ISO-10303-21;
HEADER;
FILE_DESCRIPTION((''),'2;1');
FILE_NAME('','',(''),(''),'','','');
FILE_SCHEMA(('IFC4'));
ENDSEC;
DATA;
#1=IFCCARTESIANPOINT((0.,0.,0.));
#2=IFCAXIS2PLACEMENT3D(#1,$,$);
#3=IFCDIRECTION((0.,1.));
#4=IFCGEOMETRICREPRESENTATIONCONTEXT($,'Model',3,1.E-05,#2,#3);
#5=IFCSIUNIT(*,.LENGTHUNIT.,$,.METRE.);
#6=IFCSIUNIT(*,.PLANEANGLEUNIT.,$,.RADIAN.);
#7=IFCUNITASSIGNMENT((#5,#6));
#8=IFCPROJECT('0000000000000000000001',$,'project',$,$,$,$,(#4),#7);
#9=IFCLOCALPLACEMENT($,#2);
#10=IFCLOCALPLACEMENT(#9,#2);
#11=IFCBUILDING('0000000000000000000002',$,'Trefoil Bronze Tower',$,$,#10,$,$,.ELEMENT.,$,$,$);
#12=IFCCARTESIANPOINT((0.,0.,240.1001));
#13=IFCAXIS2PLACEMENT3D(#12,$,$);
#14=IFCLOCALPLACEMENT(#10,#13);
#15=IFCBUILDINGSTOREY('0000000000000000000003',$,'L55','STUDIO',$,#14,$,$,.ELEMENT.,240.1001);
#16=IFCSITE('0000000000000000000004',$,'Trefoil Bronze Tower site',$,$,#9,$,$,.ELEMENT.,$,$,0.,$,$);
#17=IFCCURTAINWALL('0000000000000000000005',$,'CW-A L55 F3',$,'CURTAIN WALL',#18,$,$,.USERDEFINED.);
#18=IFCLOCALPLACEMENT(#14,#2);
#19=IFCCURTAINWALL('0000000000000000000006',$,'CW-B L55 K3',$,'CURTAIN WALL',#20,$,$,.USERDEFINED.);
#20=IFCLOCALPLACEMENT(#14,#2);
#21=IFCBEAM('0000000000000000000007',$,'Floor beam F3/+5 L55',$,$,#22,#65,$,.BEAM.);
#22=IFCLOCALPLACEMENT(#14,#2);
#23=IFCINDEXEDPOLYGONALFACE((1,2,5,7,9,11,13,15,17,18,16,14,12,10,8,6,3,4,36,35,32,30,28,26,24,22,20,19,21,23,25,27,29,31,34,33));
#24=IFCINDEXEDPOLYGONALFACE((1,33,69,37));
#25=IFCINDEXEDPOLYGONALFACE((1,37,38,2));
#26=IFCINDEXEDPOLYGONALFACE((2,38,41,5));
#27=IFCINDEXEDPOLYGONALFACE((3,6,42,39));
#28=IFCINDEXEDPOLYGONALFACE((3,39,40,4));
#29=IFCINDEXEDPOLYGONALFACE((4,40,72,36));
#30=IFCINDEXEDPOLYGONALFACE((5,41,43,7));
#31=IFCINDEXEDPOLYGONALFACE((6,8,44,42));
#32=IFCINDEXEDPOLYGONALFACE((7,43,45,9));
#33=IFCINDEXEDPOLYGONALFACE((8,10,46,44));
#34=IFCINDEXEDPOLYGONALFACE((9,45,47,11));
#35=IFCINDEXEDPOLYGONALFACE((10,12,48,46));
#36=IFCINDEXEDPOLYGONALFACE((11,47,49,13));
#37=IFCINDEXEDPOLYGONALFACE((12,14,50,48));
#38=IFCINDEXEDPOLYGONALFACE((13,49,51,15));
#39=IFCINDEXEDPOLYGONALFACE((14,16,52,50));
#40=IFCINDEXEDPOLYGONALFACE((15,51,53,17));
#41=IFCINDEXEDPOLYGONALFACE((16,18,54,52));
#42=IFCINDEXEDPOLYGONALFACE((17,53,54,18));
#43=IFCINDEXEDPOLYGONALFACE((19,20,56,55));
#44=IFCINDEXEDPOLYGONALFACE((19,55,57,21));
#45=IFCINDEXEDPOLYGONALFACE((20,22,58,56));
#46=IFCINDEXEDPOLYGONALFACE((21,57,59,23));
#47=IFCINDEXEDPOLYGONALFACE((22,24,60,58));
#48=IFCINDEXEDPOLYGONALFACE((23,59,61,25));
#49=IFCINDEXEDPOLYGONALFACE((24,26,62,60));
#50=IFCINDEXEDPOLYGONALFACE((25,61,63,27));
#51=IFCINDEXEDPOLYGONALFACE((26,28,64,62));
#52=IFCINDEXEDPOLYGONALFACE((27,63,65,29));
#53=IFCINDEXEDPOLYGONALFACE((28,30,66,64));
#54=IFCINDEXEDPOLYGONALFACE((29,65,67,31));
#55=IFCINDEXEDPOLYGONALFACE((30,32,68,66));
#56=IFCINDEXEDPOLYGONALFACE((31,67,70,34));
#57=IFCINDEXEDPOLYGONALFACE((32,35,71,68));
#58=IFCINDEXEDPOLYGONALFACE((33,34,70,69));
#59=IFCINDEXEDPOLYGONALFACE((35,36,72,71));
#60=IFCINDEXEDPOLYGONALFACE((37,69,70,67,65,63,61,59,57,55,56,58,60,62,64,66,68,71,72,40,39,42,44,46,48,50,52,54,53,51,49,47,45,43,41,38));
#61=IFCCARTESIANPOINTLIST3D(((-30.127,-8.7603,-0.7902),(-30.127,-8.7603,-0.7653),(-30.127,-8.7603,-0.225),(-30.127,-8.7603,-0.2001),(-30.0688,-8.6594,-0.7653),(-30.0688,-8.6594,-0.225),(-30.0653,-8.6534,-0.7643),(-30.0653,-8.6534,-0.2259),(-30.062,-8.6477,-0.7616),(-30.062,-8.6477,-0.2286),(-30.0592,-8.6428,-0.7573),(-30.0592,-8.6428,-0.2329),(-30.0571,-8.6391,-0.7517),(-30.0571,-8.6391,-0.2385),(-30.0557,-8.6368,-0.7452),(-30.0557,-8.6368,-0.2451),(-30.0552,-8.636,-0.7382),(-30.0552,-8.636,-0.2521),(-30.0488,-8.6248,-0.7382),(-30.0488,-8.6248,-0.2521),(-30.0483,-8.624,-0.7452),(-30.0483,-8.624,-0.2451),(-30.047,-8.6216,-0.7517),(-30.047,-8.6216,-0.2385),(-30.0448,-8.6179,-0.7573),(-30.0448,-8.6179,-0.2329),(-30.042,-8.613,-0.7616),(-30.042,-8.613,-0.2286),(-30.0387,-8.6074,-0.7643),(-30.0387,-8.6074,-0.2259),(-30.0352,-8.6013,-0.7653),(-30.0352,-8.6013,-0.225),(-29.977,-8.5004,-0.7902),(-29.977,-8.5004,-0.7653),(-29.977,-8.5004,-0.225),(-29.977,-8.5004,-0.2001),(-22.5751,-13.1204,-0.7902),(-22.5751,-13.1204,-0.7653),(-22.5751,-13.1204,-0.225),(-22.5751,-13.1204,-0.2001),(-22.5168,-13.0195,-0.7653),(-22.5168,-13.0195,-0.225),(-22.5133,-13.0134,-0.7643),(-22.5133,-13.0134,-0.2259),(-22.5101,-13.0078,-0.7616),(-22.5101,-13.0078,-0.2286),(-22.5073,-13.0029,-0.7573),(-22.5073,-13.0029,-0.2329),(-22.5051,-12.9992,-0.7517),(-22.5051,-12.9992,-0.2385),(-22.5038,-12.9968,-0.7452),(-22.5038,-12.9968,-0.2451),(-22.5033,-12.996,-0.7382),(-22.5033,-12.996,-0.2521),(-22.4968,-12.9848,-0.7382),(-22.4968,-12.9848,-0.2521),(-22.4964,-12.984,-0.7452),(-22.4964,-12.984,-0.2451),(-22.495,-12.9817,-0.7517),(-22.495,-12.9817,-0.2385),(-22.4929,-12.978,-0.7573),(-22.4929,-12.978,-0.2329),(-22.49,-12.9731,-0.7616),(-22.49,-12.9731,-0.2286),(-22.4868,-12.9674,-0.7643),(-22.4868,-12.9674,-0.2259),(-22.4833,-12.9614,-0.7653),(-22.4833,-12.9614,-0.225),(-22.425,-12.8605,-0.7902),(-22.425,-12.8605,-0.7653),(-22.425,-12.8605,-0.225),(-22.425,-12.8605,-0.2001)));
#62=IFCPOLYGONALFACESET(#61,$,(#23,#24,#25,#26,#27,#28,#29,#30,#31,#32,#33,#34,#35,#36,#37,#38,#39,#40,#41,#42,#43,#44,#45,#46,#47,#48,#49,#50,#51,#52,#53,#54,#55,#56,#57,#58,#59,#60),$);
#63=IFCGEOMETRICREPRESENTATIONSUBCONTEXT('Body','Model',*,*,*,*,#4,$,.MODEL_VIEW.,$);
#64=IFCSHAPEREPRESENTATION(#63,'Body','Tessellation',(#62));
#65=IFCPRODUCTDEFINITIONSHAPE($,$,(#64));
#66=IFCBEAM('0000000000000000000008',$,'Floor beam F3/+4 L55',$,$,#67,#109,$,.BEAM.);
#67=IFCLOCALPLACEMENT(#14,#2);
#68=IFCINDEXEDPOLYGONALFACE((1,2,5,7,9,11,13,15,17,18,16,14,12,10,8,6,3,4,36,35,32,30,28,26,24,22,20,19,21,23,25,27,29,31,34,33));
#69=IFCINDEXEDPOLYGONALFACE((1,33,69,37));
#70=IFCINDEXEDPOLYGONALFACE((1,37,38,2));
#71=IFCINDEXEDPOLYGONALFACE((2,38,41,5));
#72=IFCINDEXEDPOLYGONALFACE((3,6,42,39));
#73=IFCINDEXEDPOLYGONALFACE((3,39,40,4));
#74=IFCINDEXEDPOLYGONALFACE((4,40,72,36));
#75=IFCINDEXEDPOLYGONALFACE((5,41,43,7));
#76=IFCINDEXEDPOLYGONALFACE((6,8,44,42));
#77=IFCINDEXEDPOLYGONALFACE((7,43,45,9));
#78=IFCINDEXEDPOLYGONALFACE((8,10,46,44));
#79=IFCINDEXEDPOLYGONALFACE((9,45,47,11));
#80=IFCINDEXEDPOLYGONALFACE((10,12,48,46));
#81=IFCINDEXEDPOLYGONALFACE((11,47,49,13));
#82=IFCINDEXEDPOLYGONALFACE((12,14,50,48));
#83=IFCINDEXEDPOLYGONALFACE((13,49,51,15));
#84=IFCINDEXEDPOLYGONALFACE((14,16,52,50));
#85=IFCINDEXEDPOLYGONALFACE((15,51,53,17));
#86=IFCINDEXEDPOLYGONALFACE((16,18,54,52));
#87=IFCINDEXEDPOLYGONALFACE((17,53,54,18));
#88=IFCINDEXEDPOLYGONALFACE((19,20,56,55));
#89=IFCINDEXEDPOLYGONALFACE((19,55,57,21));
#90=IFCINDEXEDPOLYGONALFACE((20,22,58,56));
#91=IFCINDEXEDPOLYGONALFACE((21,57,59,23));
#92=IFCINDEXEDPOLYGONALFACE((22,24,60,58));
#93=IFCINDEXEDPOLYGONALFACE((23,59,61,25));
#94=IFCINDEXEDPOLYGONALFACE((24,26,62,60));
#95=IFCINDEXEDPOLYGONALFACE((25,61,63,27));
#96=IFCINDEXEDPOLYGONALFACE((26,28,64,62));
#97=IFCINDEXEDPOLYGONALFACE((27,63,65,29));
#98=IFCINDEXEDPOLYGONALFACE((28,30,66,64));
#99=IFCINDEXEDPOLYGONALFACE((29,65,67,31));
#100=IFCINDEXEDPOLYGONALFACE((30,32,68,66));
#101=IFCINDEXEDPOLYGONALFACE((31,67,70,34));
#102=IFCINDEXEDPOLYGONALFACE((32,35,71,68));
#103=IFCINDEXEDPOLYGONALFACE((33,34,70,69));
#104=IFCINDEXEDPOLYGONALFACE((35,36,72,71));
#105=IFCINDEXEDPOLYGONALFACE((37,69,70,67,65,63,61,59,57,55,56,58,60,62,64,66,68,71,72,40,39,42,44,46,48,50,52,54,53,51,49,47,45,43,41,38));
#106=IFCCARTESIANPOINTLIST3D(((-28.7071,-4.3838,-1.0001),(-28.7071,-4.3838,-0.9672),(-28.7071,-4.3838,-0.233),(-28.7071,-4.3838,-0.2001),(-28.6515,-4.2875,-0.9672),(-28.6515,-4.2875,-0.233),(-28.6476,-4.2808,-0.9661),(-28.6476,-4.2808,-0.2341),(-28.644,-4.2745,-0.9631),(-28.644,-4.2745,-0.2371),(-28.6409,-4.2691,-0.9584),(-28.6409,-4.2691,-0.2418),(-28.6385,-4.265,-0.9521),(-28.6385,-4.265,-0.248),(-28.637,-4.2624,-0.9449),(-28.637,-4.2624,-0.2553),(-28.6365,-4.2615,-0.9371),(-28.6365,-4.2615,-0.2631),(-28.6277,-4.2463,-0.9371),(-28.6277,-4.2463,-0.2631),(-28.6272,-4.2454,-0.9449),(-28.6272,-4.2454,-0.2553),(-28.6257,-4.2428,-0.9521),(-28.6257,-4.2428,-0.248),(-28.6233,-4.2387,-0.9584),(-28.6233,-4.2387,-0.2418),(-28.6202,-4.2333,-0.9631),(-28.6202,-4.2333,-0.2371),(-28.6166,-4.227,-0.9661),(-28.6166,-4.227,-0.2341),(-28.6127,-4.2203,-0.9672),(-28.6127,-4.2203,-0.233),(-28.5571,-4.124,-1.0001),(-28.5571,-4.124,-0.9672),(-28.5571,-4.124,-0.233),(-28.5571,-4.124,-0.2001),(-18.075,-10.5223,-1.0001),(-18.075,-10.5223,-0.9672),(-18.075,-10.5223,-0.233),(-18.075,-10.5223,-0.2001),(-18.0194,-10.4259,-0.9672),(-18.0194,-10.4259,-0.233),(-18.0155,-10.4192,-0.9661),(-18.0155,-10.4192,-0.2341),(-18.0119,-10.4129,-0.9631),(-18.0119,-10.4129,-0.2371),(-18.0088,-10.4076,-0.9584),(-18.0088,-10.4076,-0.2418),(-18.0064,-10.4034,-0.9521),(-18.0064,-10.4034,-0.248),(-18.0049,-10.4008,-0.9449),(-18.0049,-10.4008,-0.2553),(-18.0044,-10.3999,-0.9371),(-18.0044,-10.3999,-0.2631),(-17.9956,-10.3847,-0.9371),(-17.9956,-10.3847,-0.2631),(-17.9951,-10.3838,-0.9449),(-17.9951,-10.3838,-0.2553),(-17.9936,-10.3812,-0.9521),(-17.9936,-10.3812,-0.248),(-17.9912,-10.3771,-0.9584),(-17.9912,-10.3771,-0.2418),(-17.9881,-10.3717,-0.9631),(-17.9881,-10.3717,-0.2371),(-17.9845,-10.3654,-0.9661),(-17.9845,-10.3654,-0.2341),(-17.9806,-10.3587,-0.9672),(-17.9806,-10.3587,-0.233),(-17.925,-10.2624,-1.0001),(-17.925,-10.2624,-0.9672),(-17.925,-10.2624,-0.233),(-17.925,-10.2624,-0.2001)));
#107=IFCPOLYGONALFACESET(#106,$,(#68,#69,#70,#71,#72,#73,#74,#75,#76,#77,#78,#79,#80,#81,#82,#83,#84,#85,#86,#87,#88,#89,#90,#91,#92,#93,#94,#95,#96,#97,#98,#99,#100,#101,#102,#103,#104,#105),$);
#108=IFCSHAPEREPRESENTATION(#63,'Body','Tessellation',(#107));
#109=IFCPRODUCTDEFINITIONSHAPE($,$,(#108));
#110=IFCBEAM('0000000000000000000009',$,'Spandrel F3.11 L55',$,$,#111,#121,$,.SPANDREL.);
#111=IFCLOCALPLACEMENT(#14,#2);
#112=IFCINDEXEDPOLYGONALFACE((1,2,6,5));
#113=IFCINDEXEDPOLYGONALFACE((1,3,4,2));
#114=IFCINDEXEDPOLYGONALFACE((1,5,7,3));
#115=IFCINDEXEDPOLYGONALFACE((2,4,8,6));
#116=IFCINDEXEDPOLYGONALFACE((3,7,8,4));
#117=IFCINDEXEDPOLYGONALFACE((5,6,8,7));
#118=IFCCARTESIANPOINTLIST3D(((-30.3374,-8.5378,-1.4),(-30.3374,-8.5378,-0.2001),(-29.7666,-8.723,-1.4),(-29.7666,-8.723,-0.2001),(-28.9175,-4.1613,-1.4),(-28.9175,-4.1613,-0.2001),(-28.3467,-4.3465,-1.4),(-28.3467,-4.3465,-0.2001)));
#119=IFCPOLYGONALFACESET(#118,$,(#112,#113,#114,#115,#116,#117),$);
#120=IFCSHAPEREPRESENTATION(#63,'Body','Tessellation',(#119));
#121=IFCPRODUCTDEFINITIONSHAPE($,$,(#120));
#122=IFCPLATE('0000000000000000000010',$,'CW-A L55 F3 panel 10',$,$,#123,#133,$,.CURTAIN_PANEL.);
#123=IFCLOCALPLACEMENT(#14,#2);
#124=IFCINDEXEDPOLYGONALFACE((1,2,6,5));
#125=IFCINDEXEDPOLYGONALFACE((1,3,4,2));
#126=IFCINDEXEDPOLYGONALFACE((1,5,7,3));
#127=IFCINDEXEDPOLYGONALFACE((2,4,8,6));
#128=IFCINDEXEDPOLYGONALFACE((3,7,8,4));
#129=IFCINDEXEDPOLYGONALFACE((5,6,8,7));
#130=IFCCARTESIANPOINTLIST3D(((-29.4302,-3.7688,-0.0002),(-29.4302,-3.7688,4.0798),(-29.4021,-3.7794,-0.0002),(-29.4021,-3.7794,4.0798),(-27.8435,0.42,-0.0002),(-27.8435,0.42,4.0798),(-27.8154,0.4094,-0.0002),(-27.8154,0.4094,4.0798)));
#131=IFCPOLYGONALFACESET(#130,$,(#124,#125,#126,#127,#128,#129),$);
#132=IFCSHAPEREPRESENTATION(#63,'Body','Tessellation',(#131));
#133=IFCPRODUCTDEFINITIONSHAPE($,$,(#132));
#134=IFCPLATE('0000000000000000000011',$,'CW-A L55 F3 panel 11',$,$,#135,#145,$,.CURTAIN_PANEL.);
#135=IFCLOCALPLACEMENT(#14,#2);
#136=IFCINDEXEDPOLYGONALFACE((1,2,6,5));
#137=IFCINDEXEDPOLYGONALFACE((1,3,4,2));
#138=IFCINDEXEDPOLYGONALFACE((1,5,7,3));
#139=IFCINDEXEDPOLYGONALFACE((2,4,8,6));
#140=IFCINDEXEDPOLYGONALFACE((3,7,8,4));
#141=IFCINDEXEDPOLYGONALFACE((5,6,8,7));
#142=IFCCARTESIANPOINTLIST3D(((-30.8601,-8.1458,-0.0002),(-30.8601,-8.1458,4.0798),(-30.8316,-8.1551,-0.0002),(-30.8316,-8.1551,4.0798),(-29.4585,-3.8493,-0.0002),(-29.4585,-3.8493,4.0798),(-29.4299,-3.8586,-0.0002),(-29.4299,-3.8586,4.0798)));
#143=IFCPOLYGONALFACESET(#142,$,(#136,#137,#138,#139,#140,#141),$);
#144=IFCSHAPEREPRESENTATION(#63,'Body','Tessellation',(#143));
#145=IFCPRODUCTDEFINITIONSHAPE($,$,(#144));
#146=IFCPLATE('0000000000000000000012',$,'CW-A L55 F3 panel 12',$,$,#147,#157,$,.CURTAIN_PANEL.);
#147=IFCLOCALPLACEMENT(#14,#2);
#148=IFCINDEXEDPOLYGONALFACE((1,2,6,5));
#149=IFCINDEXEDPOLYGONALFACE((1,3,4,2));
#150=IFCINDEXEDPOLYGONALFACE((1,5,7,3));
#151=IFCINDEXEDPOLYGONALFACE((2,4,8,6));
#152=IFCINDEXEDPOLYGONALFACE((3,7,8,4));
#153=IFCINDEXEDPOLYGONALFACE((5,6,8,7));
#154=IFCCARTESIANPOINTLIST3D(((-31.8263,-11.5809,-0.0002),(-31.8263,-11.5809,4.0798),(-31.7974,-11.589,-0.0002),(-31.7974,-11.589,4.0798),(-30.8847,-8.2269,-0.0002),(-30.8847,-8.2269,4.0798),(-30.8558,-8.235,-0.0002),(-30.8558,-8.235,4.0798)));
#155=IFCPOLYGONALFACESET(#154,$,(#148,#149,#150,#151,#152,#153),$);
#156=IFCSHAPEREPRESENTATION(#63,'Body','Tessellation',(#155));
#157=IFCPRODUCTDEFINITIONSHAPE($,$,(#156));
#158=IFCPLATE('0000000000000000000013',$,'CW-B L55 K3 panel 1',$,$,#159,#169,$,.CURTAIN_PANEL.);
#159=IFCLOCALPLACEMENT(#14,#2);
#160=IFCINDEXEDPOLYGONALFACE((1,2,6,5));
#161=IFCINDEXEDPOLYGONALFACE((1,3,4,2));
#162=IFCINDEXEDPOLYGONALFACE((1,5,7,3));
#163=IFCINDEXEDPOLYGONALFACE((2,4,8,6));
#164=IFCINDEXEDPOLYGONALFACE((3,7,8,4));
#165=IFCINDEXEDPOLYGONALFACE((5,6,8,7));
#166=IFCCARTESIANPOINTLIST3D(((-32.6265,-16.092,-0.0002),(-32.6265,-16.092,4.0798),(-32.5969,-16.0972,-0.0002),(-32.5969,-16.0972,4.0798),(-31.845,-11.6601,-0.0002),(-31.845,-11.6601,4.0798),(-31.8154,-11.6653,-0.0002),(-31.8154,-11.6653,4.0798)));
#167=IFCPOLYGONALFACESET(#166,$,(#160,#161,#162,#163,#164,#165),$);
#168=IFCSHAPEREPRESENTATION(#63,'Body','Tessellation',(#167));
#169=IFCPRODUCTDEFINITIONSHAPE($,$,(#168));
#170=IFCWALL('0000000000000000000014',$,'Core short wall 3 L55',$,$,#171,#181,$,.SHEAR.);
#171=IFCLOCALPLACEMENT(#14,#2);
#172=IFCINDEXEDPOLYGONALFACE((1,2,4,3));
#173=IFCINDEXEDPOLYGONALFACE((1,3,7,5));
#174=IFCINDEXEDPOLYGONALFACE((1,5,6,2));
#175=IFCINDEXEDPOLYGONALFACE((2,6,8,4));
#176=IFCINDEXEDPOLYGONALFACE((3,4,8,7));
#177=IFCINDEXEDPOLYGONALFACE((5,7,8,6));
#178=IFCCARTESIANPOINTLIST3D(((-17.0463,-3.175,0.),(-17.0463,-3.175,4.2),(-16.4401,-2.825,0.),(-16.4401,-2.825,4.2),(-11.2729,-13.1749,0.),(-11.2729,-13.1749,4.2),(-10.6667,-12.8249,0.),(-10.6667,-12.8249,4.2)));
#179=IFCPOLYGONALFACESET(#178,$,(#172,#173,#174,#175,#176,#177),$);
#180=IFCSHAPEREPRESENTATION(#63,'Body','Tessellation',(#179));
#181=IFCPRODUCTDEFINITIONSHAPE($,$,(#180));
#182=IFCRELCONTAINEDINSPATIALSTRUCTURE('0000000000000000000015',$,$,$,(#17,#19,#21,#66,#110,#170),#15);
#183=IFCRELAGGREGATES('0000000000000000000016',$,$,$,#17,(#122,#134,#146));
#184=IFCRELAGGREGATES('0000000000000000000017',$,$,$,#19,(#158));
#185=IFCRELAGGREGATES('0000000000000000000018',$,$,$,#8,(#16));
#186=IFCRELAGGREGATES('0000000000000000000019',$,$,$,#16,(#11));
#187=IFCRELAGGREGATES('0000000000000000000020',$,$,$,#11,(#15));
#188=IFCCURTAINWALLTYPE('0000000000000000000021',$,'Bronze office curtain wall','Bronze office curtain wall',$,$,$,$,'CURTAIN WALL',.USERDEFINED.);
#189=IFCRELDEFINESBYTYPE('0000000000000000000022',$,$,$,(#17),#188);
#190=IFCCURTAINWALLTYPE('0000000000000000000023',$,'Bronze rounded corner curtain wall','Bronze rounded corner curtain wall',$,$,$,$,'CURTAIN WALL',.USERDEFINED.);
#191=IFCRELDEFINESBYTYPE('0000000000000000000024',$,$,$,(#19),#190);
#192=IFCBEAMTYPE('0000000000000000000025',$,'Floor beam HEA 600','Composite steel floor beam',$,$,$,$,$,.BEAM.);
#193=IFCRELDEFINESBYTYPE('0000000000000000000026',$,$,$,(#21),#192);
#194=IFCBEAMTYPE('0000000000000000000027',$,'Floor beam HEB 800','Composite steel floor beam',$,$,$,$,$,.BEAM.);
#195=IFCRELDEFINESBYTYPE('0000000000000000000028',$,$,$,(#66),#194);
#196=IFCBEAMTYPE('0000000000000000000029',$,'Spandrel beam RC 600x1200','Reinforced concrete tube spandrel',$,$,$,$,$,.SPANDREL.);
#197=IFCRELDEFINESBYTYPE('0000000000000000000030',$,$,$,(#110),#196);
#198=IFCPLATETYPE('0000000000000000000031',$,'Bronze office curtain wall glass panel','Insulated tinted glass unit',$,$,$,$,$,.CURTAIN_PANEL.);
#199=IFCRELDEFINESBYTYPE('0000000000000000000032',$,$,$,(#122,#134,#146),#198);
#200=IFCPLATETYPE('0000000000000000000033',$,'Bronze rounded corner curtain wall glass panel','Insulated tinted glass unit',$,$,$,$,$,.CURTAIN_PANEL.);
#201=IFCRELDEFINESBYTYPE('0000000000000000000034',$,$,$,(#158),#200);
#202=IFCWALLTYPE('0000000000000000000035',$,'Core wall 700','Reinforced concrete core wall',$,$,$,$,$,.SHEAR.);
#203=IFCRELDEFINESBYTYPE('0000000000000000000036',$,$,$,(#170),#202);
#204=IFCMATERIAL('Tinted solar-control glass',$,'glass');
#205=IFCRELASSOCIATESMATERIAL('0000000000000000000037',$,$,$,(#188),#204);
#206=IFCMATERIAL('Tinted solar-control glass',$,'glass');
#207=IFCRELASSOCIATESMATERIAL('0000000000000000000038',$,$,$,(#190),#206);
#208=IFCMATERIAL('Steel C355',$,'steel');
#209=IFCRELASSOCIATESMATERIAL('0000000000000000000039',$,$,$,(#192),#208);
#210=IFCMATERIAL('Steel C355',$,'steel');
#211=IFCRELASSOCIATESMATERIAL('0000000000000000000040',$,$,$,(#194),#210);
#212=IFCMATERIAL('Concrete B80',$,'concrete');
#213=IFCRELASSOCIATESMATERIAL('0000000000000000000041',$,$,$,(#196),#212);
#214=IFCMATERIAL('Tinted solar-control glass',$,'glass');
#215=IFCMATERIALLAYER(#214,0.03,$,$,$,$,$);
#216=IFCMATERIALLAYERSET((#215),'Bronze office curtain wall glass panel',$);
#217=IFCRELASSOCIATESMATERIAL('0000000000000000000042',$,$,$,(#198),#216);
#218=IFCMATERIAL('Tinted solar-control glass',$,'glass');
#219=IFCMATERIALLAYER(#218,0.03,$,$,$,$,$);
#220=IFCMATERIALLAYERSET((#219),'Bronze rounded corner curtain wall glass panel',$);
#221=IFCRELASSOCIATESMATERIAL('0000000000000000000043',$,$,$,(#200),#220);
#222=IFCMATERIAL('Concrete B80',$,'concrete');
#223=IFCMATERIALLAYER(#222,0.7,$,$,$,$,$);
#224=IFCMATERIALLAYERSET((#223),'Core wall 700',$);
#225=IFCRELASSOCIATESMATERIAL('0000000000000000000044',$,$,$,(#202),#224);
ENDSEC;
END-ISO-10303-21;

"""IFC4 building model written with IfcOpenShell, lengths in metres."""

from ifc_helpers import new_model, si_unit, direction, frame, frame_2d, origin, origin_2d, place, context, subcontext, project, spatial, rectangle, i_section, extrude, material, layer, layer_set, material_profile, profile_set, type_object, element, aggregate, save


model = new_model("IFC4")

# Units and contexts
model_context = context("Model", 3, precision=1e-05, world=origin(), true_north=direction((0.0, 1.0)))
body_context = subcontext(model_context, "Body", "Model", "MODEL_VIEW")
ifc_project = project(units=[si_unit("LENGTHUNIT", "METRE"), si_unit("PLANEANGLEUNIT", "RADIAN")], contexts=[model_context])

# Site, building, storey
site_placement = place(None, origin())
site = spatial("IfcSite", under=ifc_project, at=site_placement, Name="Trefoil Bronze Tower site", CompositionType="ELEMENT", RefElevation=0.0)
building_placement = place(site_placement, origin())
building = spatial("IfcBuilding", under=site, at=building_placement, Name="Trefoil Bronze Tower", CompositionType="ELEMENT")
storey_placement = place(building_placement, frame((0.0, 0.0, 240.1001)))
storey = spatial("IfcBuildingStorey", under=building, at=storey_placement, Name="L55", Description="STUDIO", CompositionType="ELEMENT", Elevation=240.1001)

# Curtain walls
ifc_material_1 = material(Name="Tinted solar-control glass", Category="glass")
curtain_wall_type_1 = type_object("IfcCurtainWallType", Name="Bronze office curtain wall", Description="Bronze office curtain wall", ElementType="CURTAIN WALL", PredefinedType="USERDEFINED", material=ifc_material_1)
curtain_wall_1_placement = place(storey_placement, origin())
curtain_wall_1 = element("IfcCurtainWall", 1, at=curtain_wall_1_placement, inside=storey, type_object=curtain_wall_type_1, Name="CW-A L55 F3", ObjectType="CURTAIN WALL", PredefinedType="USERDEFINED")
ifc_material_2 = material(Name="Tinted solar-control glass", Category="glass")
curtain_wall_type_2 = type_object("IfcCurtainWallType", Name="Bronze rounded corner curtain wall", Description="Bronze rounded corner curtain wall", ElementType="CURTAIN WALL", PredefinedType="USERDEFINED", material=ifc_material_2)
curtain_wall_2_placement = place(storey_placement, origin())
curtain_wall_2 = element("IfcCurtainWall", 2, at=curtain_wall_2_placement, inside=storey, type_object=curtain_wall_type_2, Name="CW-B L55 K3", ObjectType="CURTAIN WALL", PredefinedType="USERDEFINED")

# Beams
ifc_material_3 = material(Name="Steel C355", Category="steel")
ifc_material_profile_1 = material_profile(ifc_material_3, i_section(OverallWidth=0.3, OverallDepth=0.5901, WebThickness=0.0129, FlangeThickness=0.0249, FilletRadius=0.0271, at=origin_2d()), Name="HEA 600")
ifc_profile_set_1 = profile_set([ifc_material_profile_1], Name="Steel C355")
beam_type_1 = type_object("IfcBeamType", Name="Floor beam HEA 600", Description="Composite steel floor beam", PredefinedType="BEAM", material=ifc_profile_set_1)
beam_1_placement = place(storey_placement, frame((-30.052, -8.6304, -0.4951), z_axis=(0.866028, -0.499996, 0.0), x_axis=(0.499996, 0.866028, 0.0)))
element("IfcBeam", 3, at=beam_1_placement, inside=storey, type_object=beam_type_1, Name="Floor beam F3/+5 L55", PredefinedType="BEAM", context=body_context, shape_type="SweptSolid", body=[
    extrude(i_section(OverallWidth=0.3, OverallDepth=0.5901, WebThickness=0.0129, FlangeThickness=0.0249, FilletRadius=0.0271, at=origin_2d()), origin(), (0.0, 0.0, 1.0), 8.7202),
])
ifc_material_4 = material(Name="Steel C355", Category="steel")
ifc_material_profile_2 = material_profile(ifc_material_4, i_section(OverallWidth=0.3, OverallDepth=0.8, WebThickness=0.0176, FlangeThickness=0.033, FilletRadius=0.03, at=origin_2d()), Name="HEB 800")
ifc_profile_set_2 = profile_set([ifc_material_profile_2], Name="Steel C355")
beam_type_2 = type_object("IfcBeamType", Name="Floor beam HEB 800", Description="Composite steel floor beam", PredefinedType="BEAM", material=ifc_profile_set_2)
beam_2_placement = place(storey_placement, frame((-28.6321, -4.2539, -0.6001), z_axis=(0.866026, -0.5, 0.0), x_axis=(0.5, 0.866026, 0.0)))
element("IfcBeam", 4, at=beam_2_placement, inside=storey, type_object=beam_type_2, Name="Floor beam F3/+4 L55", PredefinedType="BEAM", context=body_context, shape_type="SweptSolid", body=[
    extrude(i_section(OverallWidth=0.3, OverallDepth=0.8, WebThickness=0.0176, FlangeThickness=0.033, FilletRadius=0.03, at=origin_2d()), origin(), (0.0, 0.0, 1.0), 12.2769),
])
ifc_material_5 = material(Name="Concrete B80", Category="concrete")
ifc_material_profile_3 = material_profile(ifc_material_5, rectangle(XDim=0.6001, YDim=1.2, at=origin_2d()), Name="RC 600x1200")
ifc_profile_set_3 = profile_set([ifc_material_profile_3], Name="Concrete B80")
beam_type_3 = type_object("IfcBeamType", Name="Spandrel beam RC 600x1200", Description="Reinforced concrete tube spandrel", PredefinedType="SPANDREL", material=ifc_profile_set_3)
beam_3_placement = place(storey_placement, frame((-28.6321, -4.2539, -0.8), z_axis=(-0.308609, -0.951189, 0.0), x_axis=(0.951189, -0.308609, 0.0)))
element("IfcBeam", 5, at=beam_3_placement, inside=storey, type_object=beam_type_3, Name="Spandrel F3.11 L55", PredefinedType="SPANDREL", context=body_context, shape_type="SweptSolid", body=[
    extrude(rectangle(XDim=0.6001, YDim=1.2, at=origin_2d()), origin(), (0.0, 0.0, 1.0), 4.6011),
])

# Plates
ifc_material_6 = material(Name="Tinted solar-control glass", Category="glass")
ifc_layer_1 = layer(ifc_material_6, 0.03)
ifc_layer_set_1 = layer_set([ifc_layer_1], Name="Bronze office curtain wall glass panel")
plate_type_1 = type_object("IfcPlateType", Name="Bronze office curtain wall glass panel", Description="Insulated tinted glass unit", PredefinedType="CURTAIN_PANEL", material=ifc_layer_set_1)
plate_1_placement = place(storey_placement, frame((-28.6228, -1.6797, -0.0002), z_axis=(0.0, 0.0, 1.0), x_axis=(-0.354234, -0.935157, 0.0)))
plate_1 = element("IfcPlate", 6, at=plate_1_placement, type_object=plate_type_1, Name="CW-A L55 F3 panel 10", PredefinedType="CURTAIN_PANEL", context=body_context, shape_type="SweptSolid", body=[
    extrude(rectangle(XDim=4.4792, YDim=0.03, at=origin_2d()), origin(), (0.0, 0.0, 1.0), 4.0801),
])
plate_2_placement = place(storey_placement, frame((-30.145, -6.0022, -0.0002), z_axis=(0.0, 0.0, 1.0), x_axis=(-0.310149, -0.950688, 0.0)))
plate_2 = element("IfcPlate", 7, at=plate_2_placement, type_object=plate_type_1, Name="CW-A L55 F3 panel 11", PredefinedType="CURTAIN_PANEL", context=body_context, shape_type="SweptSolid", body=[
    extrude(rectangle(XDim=4.5193, YDim=0.03, at=origin_2d()), origin(), (0.0, 0.0, 1.0), 4.0801),
])
plate_3_placement = place(storey_placement, frame((-31.3411, -9.908, -0.0002), z_axis=(0.0, 0.0, 1.0), x_axis=(-0.270282, -0.962781, 0.0)))
plate_3 = element("IfcPlate", 8, at=plate_3_placement, type_object=plate_type_1, Name="CW-A L55 F3 panel 12", PredefinedType="CURTAIN_PANEL", context=body_context, shape_type="SweptSolid", body=[
    extrude(rectangle(XDim=3.4836, YDim=0.03, at=origin_2d()), origin(), (0.0, 0.0, 1.0), 4.0801),
])
aggregate(curtain_wall_1, [plate_1, plate_2, plate_3])
ifc_material_7 = material(Name="Tinted solar-control glass", Category="glass")
ifc_layer_2 = layer(ifc_material_7, 0.03)
ifc_layer_set_2 = layer_set([ifc_layer_2], Name="Bronze rounded corner curtain wall glass panel")
plate_type_2 = type_object("IfcPlateType", Name="Bronze rounded corner curtain wall glass panel", Description="Insulated tinted glass unit", PredefinedType="CURTAIN_PANEL", material=ifc_layer_set_2)
plate_4_placement = place(storey_placement, frame((-32.2209, -13.8787, -0.0002), z_axis=(0.0, 0.0, 1.0), x_axis=(-0.173648, -0.984808, 0.0)))
plate_4 = element("IfcPlate", 9, at=plate_4_placement, type_object=plate_type_2, Name="CW-B L55 K3 panel 1", PredefinedType="CURTAIN_PANEL", context=body_context, shape_type="SweptSolid", body=[
    extrude(rectangle(XDim=4.5002, YDim=0.03, at=origin_2d()), origin(), (0.0, 0.0, 1.0), 4.0801),
])
aggregate(curtain_wall_2, [plate_4])

# Wall
ifc_material_8 = material(Name="Concrete B80", Category="concrete")
ifc_layer_3 = layer(ifc_material_8, 0.7)
ifc_layer_set_3 = layer_set([ifc_layer_3], Name="Core wall 700")
wall_type_1 = type_object("IfcWallType", Name="Core wall 700", Description="Reinforced concrete core wall", PredefinedType="SHEAR", material=ifc_layer_set_3)
wall_1_placement = place(storey_placement, frame((-16.7432, -3.0, 0.0), z_axis=(0.0, 0.0, 1.0), x_axis=(0.499996, -0.866028, 0.0)))
element("IfcWall", 10, at=wall_1_placement, inside=storey, type_object=wall_type_1, Name="Core short wall 3 L55", PredefinedType="SHEAR", context=body_context, shape_type="SweptSolid", body=[
    extrude(rectangle(XDim=11.5469, YDim=0.7, at=frame_2d((5.7734, 0.0))), origin(), (0.0, 0.0, 1.0), 4.2),
])

save(model, "model.ifc")
